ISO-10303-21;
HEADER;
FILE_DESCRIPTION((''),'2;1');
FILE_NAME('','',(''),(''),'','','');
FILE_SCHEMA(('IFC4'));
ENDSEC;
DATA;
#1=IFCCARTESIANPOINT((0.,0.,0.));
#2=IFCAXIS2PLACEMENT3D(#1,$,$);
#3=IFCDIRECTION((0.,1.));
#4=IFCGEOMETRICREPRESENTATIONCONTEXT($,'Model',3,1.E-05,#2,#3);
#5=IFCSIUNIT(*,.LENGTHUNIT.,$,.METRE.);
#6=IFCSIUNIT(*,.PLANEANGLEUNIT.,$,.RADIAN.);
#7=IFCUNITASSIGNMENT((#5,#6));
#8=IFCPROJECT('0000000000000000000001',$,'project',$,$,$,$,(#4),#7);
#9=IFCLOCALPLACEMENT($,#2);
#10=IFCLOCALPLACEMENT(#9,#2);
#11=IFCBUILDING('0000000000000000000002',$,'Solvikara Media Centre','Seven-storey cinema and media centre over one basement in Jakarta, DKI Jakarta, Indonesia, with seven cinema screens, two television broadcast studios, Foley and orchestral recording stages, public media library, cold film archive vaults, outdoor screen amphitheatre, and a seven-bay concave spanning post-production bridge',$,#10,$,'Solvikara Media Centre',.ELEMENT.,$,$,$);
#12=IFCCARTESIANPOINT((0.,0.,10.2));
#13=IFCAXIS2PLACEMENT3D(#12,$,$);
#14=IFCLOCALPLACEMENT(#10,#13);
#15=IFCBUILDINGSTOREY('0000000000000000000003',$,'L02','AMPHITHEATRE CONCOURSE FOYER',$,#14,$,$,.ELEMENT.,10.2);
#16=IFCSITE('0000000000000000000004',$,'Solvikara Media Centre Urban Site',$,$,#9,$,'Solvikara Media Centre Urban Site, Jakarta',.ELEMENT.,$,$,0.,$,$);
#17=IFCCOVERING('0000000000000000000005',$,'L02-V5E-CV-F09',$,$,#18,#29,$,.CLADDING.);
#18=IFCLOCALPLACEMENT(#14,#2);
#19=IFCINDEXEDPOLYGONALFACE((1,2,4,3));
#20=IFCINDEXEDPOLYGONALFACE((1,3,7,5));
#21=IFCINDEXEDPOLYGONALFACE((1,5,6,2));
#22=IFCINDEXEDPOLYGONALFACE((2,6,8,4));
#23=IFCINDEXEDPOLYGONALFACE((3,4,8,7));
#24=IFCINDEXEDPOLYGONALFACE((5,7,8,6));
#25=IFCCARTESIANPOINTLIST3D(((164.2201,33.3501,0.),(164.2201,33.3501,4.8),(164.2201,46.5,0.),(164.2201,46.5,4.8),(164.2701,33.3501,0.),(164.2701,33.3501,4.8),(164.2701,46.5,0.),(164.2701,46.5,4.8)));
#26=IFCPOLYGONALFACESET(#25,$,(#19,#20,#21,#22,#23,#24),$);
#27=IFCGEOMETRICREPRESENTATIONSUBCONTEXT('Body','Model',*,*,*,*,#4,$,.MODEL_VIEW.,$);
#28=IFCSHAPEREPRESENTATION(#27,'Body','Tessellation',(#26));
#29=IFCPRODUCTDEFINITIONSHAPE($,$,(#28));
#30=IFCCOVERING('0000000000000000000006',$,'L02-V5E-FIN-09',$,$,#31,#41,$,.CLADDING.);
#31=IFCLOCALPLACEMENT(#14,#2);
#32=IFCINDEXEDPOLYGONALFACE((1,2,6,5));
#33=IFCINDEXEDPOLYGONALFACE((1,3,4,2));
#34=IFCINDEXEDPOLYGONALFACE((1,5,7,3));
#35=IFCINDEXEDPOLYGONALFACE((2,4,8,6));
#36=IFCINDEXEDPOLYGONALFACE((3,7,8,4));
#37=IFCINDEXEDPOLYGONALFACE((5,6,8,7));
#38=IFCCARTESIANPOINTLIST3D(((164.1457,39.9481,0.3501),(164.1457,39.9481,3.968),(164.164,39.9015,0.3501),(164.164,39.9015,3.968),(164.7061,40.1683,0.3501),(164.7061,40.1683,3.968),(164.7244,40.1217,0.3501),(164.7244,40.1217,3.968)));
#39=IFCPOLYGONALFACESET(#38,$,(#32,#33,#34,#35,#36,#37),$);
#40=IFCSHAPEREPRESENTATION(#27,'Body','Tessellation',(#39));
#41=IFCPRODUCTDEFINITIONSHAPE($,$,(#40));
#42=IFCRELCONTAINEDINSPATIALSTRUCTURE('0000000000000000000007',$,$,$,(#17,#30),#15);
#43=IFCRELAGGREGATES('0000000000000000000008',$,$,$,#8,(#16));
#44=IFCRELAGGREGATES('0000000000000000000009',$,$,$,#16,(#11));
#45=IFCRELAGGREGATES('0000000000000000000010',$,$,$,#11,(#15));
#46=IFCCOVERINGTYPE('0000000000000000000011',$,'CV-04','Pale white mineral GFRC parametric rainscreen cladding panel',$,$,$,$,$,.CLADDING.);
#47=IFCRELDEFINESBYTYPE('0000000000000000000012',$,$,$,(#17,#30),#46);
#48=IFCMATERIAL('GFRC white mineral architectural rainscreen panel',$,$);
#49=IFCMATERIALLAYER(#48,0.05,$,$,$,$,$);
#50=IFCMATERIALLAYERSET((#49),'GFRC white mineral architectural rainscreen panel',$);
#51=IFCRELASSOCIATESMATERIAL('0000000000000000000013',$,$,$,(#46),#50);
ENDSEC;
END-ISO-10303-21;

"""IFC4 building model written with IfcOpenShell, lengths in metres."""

from ifc_helpers import new_model, si_unit, direction, frame, origin, origin_2d, place, context, subcontext, project, spatial, rectangle, extrude, material, layer, layer_set, type_object, element, save


model = new_model("IFC4")

# Units and contexts
model_context = context("Model", 3, precision=1e-05, world=origin(), true_north=direction((0.0, 1.0)))
body_context = subcontext(model_context, "Body", "Model", "MODEL_VIEW")
ifc_project = project(units=[si_unit("LENGTHUNIT", "METRE"), si_unit("PLANEANGLEUNIT", "RADIAN")], contexts=[model_context])

# Site, building, storey
site_placement = place(None, origin())
site = spatial("IfcSite", under=ifc_project, at=site_placement, Name="Solvikara Media Centre Urban Site", LongName="Solvikara Media Centre Urban Site, Jakarta", CompositionType="ELEMENT", RefElevation=0.0)
building_placement = place(site_placement, origin())
building = spatial("IfcBuilding", under=site, at=building_placement, Name="Solvikara Media Centre", Description="Seven-storey cinema and media centre over one basement in Jakarta, DKI Jakarta, Indonesia, with seven cinema screens, two television broadcast studios, Foley and orchestral recording stages, public media library, cold film archive vaults, outdoor screen amphitheatre, and a seven-bay concave spanning post-production bridge", LongName="Solvikara Media Centre", CompositionType="ELEMENT")
storey_placement = place(building_placement, frame((0.0, 0.0, 10.2)))
storey = spatial("IfcBuildingStorey", under=building, at=storey_placement, Name="L02", Description="AMPHITHEATRE CONCOURSE FOYER", CompositionType="ELEMENT", Elevation=10.2)

# Coverings
ifc_material_1 = material(Name="GFRC white mineral architectural rainscreen panel")
ifc_layer_1 = layer(ifc_material_1, 0.05)
ifc_layer_set_1 = layer_set([ifc_layer_1], Name="GFRC white mineral architectural rainscreen panel")
covering_type = type_object("IfcCoveringType", Name="CV-04", Description="Pale white mineral GFRC parametric rainscreen cladding panel", PredefinedType="CLADDING", material=ifc_layer_set_1)
covering_1_placement = place(storey_placement, frame((164.2451, 39.925, 0.0), z_axis=(0.0, 0.0, 1.0), x_axis=(0.0, 1.0, 0.0)))
element("IfcCovering", 1, at=covering_1_placement, inside=storey, type_object=covering_type, Name="L02-V5E-CV-F09", PredefinedType="CLADDING", context=body_context, shape_type="SweptSolid", body=[
    extrude(rectangle(XDim=13.1499, YDim=0.05, at=origin_2d()), origin(), (0.0, 0.0, 1.0), 4.8),
])
covering_2_placement = place(storey_placement, frame((164.4351, 40.0349, 0.3501), z_axis=(0.0, 0.0, 1.0), x_axis=(0.93075, 0.365657, 0.0)))
element("IfcCovering", 2, at=covering_2_placement, inside=storey, type_object=covering_type, Name="L02-V5E-FIN-09", PredefinedType="CLADDING", context=body_context, shape_type="SweptSolid", body=[
    extrude(rectangle(XDim=0.6021, YDim=0.05, at=origin_2d()), origin(), (0.0, 0.0, 1.0), 3.6179),
])

save(model, "model.ifc")
